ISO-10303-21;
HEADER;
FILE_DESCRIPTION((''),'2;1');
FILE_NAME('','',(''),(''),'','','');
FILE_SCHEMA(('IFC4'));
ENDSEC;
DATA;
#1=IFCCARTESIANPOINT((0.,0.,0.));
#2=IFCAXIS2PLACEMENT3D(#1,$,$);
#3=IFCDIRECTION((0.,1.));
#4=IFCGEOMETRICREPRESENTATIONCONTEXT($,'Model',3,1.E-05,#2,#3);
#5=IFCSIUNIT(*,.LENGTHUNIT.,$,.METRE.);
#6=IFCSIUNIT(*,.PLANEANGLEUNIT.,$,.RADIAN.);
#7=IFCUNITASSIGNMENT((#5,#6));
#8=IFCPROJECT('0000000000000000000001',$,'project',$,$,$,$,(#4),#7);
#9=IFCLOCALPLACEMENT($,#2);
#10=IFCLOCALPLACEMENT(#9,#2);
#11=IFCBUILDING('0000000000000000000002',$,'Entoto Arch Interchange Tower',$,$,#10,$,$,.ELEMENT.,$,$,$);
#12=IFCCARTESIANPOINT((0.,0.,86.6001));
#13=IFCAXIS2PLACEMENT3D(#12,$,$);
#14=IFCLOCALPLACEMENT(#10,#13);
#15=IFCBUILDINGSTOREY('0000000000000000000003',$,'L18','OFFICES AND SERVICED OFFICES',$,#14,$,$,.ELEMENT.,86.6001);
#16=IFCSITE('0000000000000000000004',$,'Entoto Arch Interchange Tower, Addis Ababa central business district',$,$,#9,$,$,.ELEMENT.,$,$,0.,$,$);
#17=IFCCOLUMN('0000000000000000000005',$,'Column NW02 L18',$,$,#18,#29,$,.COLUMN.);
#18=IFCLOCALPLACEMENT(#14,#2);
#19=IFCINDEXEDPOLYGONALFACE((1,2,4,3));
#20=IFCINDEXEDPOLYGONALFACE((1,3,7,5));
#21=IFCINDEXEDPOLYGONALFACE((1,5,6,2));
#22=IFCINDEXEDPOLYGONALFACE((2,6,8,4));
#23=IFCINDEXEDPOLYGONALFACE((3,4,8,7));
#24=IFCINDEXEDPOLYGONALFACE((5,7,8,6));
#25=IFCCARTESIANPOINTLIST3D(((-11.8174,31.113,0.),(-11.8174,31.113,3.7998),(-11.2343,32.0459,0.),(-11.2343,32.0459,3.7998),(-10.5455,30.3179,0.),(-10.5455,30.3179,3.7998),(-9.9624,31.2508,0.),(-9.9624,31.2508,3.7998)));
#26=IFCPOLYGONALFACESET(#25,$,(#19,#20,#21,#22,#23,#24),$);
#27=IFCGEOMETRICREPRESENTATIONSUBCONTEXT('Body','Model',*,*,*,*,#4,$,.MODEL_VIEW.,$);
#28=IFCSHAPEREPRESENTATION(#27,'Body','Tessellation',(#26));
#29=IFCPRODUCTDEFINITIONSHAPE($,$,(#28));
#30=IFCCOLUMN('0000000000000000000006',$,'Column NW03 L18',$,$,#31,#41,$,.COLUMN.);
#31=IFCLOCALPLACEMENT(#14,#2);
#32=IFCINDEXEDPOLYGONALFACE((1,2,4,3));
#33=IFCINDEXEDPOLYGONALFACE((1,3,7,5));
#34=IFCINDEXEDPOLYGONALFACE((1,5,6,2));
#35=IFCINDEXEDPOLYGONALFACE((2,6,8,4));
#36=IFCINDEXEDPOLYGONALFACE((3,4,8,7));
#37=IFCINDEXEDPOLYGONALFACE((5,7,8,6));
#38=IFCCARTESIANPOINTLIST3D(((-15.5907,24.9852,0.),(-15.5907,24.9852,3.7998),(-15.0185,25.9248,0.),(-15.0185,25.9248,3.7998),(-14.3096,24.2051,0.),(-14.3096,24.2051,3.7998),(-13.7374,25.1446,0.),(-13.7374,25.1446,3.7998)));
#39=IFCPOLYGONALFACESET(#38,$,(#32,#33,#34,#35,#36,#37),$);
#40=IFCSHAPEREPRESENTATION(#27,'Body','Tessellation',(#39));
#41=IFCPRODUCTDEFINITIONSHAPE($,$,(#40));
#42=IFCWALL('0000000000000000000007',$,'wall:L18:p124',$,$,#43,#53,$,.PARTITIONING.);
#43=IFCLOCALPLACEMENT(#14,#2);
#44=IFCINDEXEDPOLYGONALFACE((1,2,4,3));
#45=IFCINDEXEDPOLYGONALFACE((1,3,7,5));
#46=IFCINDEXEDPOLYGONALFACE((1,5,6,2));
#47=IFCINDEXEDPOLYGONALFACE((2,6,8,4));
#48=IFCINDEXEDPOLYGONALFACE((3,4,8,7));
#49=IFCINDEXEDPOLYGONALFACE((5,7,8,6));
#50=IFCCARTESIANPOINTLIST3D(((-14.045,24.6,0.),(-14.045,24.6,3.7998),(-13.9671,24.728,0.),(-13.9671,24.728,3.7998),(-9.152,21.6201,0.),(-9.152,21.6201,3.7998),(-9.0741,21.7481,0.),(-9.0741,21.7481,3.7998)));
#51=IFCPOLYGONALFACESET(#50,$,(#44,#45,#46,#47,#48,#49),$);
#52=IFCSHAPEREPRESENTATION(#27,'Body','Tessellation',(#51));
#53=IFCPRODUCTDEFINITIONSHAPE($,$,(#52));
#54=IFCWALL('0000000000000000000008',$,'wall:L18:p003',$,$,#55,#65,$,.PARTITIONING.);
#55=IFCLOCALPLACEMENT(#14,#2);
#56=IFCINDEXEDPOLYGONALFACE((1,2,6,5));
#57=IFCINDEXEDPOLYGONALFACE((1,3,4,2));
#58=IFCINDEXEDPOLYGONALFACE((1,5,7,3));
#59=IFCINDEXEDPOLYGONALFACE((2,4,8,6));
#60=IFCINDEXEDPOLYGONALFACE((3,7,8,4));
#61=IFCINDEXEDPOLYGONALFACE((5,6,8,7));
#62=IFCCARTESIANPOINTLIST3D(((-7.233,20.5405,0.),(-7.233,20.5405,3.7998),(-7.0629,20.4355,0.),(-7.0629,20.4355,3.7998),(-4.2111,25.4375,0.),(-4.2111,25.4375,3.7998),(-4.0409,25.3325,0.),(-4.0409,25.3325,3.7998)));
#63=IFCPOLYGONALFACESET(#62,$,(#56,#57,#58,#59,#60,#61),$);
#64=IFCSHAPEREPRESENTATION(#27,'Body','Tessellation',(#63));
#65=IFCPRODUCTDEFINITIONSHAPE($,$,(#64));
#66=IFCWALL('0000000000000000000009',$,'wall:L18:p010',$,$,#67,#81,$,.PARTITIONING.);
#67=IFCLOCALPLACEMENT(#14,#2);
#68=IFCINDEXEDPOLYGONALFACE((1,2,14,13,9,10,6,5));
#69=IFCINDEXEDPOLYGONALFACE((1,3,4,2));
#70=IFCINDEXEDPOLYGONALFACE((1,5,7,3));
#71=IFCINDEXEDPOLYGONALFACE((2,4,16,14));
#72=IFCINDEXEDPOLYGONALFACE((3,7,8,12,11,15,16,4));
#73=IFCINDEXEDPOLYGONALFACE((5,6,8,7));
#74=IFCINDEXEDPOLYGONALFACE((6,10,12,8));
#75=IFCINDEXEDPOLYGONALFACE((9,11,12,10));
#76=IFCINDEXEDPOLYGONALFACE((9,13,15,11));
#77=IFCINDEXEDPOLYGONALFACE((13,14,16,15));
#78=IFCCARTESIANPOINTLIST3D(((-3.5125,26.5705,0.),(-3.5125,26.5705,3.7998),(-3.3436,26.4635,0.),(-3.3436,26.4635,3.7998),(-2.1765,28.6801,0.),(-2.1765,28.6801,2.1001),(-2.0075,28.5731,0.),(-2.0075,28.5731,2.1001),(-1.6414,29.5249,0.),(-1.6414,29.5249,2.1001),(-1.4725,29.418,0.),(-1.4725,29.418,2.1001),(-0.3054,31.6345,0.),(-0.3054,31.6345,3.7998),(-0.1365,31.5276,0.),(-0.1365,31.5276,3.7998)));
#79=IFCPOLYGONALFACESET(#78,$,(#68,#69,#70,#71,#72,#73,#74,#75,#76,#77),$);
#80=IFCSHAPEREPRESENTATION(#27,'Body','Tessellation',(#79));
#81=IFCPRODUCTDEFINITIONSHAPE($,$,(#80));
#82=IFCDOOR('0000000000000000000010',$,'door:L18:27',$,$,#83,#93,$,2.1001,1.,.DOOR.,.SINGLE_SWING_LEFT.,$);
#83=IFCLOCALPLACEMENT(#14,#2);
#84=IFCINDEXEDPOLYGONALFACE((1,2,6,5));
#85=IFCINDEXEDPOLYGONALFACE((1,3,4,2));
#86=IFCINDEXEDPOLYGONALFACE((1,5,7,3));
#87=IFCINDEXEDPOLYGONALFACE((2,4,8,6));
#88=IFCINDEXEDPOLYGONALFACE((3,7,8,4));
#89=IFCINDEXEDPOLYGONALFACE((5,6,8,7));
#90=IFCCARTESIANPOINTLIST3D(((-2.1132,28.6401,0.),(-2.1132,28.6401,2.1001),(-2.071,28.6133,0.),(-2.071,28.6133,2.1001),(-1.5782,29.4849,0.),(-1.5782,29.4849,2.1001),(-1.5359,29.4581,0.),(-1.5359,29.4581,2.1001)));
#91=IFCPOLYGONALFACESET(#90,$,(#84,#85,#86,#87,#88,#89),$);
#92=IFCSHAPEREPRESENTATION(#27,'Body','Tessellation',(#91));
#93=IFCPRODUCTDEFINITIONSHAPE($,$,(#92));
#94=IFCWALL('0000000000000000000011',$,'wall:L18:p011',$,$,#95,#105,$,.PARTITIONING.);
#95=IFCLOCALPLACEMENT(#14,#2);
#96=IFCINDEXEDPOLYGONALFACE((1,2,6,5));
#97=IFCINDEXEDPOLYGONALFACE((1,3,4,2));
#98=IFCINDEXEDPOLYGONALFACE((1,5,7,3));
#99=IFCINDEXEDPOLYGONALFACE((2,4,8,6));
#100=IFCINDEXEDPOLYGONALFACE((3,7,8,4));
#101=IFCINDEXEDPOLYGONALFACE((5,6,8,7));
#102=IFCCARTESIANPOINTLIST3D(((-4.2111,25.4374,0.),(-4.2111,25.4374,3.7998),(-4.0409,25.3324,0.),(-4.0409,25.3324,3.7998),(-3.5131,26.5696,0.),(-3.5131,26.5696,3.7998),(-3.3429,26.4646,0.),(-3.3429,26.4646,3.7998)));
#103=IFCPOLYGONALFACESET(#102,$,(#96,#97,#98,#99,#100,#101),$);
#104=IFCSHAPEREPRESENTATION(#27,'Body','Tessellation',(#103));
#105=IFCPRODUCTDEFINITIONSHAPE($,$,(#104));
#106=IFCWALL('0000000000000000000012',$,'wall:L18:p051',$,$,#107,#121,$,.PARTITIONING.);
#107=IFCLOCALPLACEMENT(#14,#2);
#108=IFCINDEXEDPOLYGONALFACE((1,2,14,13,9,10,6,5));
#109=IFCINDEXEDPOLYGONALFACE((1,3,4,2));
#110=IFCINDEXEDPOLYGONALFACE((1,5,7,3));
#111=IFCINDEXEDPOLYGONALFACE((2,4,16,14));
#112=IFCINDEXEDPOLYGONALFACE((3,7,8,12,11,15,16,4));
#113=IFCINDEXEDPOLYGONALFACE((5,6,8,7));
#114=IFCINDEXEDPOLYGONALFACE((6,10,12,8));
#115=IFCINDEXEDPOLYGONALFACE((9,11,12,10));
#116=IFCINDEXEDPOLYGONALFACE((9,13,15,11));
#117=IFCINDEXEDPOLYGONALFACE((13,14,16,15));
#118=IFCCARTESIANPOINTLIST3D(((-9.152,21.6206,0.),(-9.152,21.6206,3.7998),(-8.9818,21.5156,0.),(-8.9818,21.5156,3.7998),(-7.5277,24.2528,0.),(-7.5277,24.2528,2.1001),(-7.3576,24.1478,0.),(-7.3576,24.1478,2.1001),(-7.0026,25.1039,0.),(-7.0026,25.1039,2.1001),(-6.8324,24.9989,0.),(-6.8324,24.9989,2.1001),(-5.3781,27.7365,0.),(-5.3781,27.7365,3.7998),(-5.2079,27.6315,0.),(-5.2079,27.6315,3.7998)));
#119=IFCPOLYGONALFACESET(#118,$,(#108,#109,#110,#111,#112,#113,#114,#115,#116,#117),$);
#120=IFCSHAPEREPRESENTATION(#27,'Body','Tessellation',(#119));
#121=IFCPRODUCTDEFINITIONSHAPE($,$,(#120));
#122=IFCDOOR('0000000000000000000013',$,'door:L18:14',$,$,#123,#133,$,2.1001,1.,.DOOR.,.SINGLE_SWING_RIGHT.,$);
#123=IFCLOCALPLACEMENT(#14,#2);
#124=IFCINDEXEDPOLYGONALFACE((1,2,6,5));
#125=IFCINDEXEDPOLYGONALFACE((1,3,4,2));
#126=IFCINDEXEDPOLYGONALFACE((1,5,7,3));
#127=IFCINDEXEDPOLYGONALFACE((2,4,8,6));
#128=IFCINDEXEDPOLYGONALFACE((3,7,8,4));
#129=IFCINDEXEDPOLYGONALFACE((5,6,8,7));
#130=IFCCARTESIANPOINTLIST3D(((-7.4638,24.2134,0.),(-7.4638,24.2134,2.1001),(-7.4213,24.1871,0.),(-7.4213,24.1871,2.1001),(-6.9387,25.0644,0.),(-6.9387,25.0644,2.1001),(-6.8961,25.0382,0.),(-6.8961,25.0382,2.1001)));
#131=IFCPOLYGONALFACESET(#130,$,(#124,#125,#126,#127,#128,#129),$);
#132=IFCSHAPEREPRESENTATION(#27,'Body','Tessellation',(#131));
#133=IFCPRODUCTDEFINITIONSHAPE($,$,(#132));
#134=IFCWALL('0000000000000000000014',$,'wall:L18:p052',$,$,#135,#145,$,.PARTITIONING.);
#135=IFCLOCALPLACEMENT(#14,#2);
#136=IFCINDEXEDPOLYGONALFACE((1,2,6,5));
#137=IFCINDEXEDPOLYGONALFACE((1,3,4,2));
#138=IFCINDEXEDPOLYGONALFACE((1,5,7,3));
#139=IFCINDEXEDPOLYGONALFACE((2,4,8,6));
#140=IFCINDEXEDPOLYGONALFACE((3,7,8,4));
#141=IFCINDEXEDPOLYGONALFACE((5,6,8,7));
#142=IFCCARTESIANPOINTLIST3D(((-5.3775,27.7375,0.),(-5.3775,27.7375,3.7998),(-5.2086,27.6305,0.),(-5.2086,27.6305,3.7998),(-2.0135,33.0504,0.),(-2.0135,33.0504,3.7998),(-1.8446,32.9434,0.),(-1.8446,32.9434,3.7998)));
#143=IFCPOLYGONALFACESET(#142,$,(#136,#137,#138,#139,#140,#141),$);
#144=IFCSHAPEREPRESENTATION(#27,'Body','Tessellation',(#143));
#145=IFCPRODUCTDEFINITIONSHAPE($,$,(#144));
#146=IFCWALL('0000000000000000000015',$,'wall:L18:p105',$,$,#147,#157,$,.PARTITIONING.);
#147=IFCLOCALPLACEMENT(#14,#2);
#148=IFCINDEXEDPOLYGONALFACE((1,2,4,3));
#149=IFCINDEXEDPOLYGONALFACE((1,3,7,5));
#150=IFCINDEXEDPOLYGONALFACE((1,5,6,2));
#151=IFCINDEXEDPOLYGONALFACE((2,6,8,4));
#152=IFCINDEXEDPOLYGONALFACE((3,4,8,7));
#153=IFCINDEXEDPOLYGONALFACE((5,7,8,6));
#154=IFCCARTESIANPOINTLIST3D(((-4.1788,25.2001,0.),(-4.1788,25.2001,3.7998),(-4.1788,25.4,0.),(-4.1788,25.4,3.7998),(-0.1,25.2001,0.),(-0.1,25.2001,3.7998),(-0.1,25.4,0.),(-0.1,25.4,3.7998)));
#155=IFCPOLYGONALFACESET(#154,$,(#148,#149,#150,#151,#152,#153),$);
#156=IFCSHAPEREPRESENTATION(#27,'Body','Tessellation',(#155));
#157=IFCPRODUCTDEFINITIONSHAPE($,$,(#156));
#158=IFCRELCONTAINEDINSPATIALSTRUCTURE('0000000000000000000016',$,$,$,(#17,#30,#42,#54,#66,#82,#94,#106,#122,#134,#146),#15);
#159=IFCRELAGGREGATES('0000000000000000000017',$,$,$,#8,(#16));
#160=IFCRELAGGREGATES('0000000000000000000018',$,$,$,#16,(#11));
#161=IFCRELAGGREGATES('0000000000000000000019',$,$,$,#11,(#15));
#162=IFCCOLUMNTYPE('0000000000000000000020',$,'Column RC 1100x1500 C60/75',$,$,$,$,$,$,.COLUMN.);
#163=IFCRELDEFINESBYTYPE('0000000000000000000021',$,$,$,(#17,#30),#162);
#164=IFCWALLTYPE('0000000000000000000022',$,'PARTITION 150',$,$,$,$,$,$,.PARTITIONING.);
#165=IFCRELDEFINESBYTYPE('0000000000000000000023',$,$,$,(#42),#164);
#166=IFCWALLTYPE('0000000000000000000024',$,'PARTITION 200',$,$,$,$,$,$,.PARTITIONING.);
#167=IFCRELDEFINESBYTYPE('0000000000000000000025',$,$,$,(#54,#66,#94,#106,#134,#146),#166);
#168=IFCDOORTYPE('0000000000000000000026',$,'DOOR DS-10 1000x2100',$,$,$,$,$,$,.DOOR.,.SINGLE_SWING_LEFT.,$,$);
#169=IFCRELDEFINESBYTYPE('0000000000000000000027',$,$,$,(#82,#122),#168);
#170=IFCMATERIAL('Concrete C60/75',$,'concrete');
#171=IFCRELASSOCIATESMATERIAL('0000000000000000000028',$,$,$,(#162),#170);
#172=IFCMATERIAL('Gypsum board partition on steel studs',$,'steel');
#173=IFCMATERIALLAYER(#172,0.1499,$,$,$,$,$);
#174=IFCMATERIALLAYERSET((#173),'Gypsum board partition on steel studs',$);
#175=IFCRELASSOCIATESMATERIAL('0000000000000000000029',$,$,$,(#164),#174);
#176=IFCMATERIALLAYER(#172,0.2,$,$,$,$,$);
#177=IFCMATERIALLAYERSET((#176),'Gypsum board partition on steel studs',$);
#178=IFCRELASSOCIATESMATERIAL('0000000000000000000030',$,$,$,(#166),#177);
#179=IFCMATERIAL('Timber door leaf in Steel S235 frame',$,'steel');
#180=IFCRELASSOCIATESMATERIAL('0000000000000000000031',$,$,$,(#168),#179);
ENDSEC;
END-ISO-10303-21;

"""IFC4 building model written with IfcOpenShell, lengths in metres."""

from ifc_helpers import new_model, si_unit, direction, frame, frame_2d, origin, origin_2d, place, context, subcontext, project, spatial, rectangle, extrude, material, layer, layer_set, material_profile, profile_set, type_object, element, fill, save


model = new_model("IFC4")

# Units and contexts
model_context = context("Model", 3, precision=1e-05, world=origin(), true_north=direction((0.0, 1.0)))
body_context = subcontext(model_context, "Body", "Model", "MODEL_VIEW")
ifc_project = project(units=[si_unit("LENGTHUNIT", "METRE"), si_unit("PLANEANGLEUNIT", "RADIAN")], contexts=[model_context])

# Site, building, storey
site_placement = place(None, origin())
site = spatial("IfcSite", under=ifc_project, at=site_placement, Name="Entoto Arch Interchange Tower, Addis Ababa central business district", CompositionType="ELEMENT", RefElevation=0.0)
building_placement = place(site_placement, origin())
building = spatial("IfcBuilding", under=site, at=building_placement, Name="Entoto Arch Interchange Tower", CompositionType="ELEMENT")
storey_placement = place(building_placement, frame((0.0, 0.0, 86.6001)))
storey = spatial("IfcBuildingStorey", under=building, at=storey_placement, Name="L18", Description="OFFICES AND SERVICED OFFICES", CompositionType="ELEMENT", Elevation=86.6001)

# Columns
ifc_material_1 = material(Name="Concrete C60/75", Category="concrete")
ifc_material_profile = material_profile(ifc_material_1, rectangle(XDim=1.1001, YDim=1.5, at=origin_2d()))
ifc_profile_set = profile_set([ifc_material_profile], Name="Concrete C60/75")
column_type = type_object("IfcColumnType", Name="Column RC 1100x1500 C60/75", PredefinedType="COLUMN", material=ifc_profile_set)
for number, where, z_axis, x_axis, name in (
    (1, (-10.8899, 31.1819, 0.0), (0.0, 0.0, 1.0), (0.530067, 0.847956, 0.0), "Column NW02 L18"),
    (2, (-14.6641, 25.0649, 0.0), (0.0, 0.0, 1.0), (0.520116, 0.854096, 0.0), "Column NW03 L18"),
):
    element("IfcColumn", number, at=place(storey_placement, frame(where, z_axis=z_axis, x_axis=x_axis)), inside=storey, type_object=column_type, Name=name, PredefinedType="COLUMN", context=body_context, shape_type="SweptSolid", body=[
        extrude(rectangle(XDim=1.1001, YDim=1.5, at=origin_2d()), origin(), (0.0, 0.0, 1.0), 3.7998),
    ])

# Walls
ifc_material_2 = material(Name="Gypsum board partition on steel studs", Category="steel")
ifc_layer_1 = layer(ifc_material_2, 0.1499)
ifc_layer_set_1 = layer_set([ifc_layer_1], Name="Gypsum board partition on steel studs")
wall_type_1 = type_object("IfcWallType", Name="PARTITION 150", PredefinedType="PARTITIONING", material=ifc_layer_set_1)
wall_1_placement = place(storey_placement, frame((-9.113, 21.6841, 0.0), z_axis=(0.0, 0.0, 1.0), x_axis=(-0.854075, 0.52015, 0.0)))
element("IfcWall", 3, at=wall_1_placement, inside=storey, type_object=wall_type_1, Name="wall:L18:p124", PredefinedType="PARTITIONING", context=body_context, shape_type="SweptSolid", body=[
    extrude(rectangle(XDim=5.729, YDim=0.1499, at=frame_2d((2.8645, 0.0))), origin(), (0.0, 0.0, 1.0), 3.7998),
])
ifc_layer_2 = layer(ifc_material_2, 0.2)
ifc_layer_set_2 = layer_set([ifc_layer_2], Name="Gypsum board partition on steel studs")
wall_type_2 = type_object("IfcWallType", Name="PARTITION 200", PredefinedType="PARTITIONING", material=ifc_layer_set_2)
wall_2_placement = place(storey_placement, frame((-4.126, 25.385, 0.0), z_axis=(0.0, 0.0, 1.0), x_axis=(-0.525162, -0.851002, 0.0)))
element("IfcWall", 4, at=wall_2_placement, inside=storey, type_object=wall_type_2, Name="wall:L18:p003", PredefinedType="PARTITIONING", context=body_context, shape_type="SweptSolid", body=[
    extrude(rectangle(XDim=5.7544, YDim=0.2, at=frame_2d((2.8772, 0.0))), origin(), (0.0, 0.0, 1.0), 3.7998),
])

# Wall, opening, door
wall_3_placement = place(storey_placement, frame((-0.2209, 31.5811, 0.0), z_axis=(0.0, 0.0, 1.0), x_axis=(-0.535035, -0.84483, 0.0)))
wall_3 = element("IfcWall", 5, at=wall_3_placement, inside=storey, type_object=wall_type_2, Name="wall:L18:p010", PredefinedType="PARTITIONING", context=body_context, shape_type="SweptSolid", body=[
    extrude(rectangle(XDim=5.9941, YDim=0.2, at=frame_2d((2.9971, 0.0))), origin(), (0.0, 0.0, 1.0), 3.7998),
])
opening_1_placement = place(wall_3_placement, frame((2.4971, 0.0, 0.0)))
opening_1 = element("IfcOpeningElement", 6, at=opening_1_placement, cuts=wall_3, PredefinedType="OPENING", context=body_context, shape_type="SweptSolid", body=[
    extrude(rectangle(XDim=1.0, YDim=2.1001, at=frame_2d((0.5, 1.05))), frame((0.0, 0.1099, 0.0), z_axis=(0.0, -1.0, 0.0), x_axis=(1.0, 0.0, 0.0)), (0.0, 0.0, 1.0), 0.22),
])
ifc_material_3 = material(Name="Timber door leaf in Steel S235 frame", Category="steel")
door_type_1 = type_object("IfcDoorType", Name="DOOR DS-10 1000x2100", OperationType="SINGLE_SWING_LEFT", PredefinedType="DOOR", material=ifc_material_3)
door_1_placement = place(opening_1_placement, origin())
door_1 = element("IfcDoor", 7, at=door_1_placement, inside=storey, type_object=door_type_1, Name="door:L18:27", OperationType="SINGLE_SWING_LEFT", OverallHeight=2.1001, OverallWidth=1.0, PredefinedType="DOOR", context=body_context, shape_type="SweptSolid", body=[
    extrude(rectangle(XDim=1.0, YDim=2.1001, at=frame_2d((0.5, 1.05))), frame((0.0, 0.0249, 0.0), z_axis=(0.0, -1.0, 0.0), x_axis=(1.0, 0.0, 0.0)), (0.0, 0.0, 1.0), 0.05),
])
fill(opening_1, door_1)

# Wall
wall_4_placement = place(storey_placement, frame((-3.428, 26.5171, 0.0), z_axis=(0.0, 0.0, 1.0), x_axis=(-0.524824, -0.851211, 0.0)))
element("IfcWall", 8, at=wall_4_placement, inside=storey, type_object=wall_type_2, Name="wall:L18:p011", PredefinedType="PARTITIONING", context=body_context, shape_type="SweptSolid", body=[
    extrude(rectangle(XDim=1.3301, YDim=0.2, at=frame_2d((0.665, 0.0))), origin(), (0.0, 0.0, 1.0), 3.7998),
])

# Wall, opening, door
wall_5_placement = place(storey_placement, frame((-9.0669, 21.5681, 0.0), z_axis=(0.0, 0.0, 1.0), x_axis=(0.525132, 0.851021, 0.0)))
wall_5 = element("IfcWall", 9, at=wall_5_placement, inside=storey, type_object=wall_type_2, Name="wall:L18:p051", PredefinedType="PARTITIONING", context=body_context, shape_type="SweptSolid", body=[
    extrude(rectangle(XDim=7.1865, YDim=0.2, at=frame_2d((3.5933, 0.0))), origin(), (0.0, 0.0, 1.0), 3.7998),
])
opening_2_placement = place(wall_5_placement, frame((3.093, 0.0, 0.0)))
opening_2 = element("IfcOpeningElement", 10, at=opening_2_placement, cuts=wall_5, PredefinedType="OPENING", context=body_context, shape_type="SweptSolid", body=[
    extrude(rectangle(XDim=1.0, YDim=2.1001, at=frame_2d((0.5, 1.05))), frame((0.0, 0.1099, 0.0), z_axis=(0.0, -1.0, 0.0), x_axis=(1.0, 0.0, 0.0)), (0.0, 0.0, 1.0), 0.22),
])
door_2_placement = place(opening_2_placement, origin())
door_2 = element("IfcDoor", 11, at=door_2_placement, inside=storey, type_object=door_type_1, Name="door:L18:14", OperationType="SINGLE_SWING_RIGHT", OverallHeight=2.1001, OverallWidth=1.0, PredefinedType="DOOR", context=body_context, shape_type="SweptSolid", body=[
    extrude(rectangle(XDim=1.0, YDim=2.1001, at=frame_2d((0.5, 1.05))), frame((0.0, 0.0249, 0.0), z_axis=(0.0, -1.0, 0.0), x_axis=(1.0, 0.0, 0.0)), (0.0, 0.0, 1.0), 0.05),
])
fill(opening_2, door_2)

# Walls
wall_6_placement = place(storey_placement, frame((-5.293, 27.6841, 0.0), z_axis=(0.0, 0.0, 1.0), x_axis=(0.534952, 0.844882, 0.0)))
element("IfcWall", 12, at=wall_6_placement, inside=storey, type_object=wall_type_2, Name="wall:L18:p052", PredefinedType="PARTITIONING", context=body_context, shape_type="SweptSolid", body=[
    extrude(rectangle(XDim=6.2883, YDim=0.2, at=frame_2d((3.144, 0.0))), origin(), (0.0, 0.0, 1.0), 3.7998),
])
wall_7_placement = place(storey_placement, frame((-4.179, 25.3, 0.0), z_axis=(0.0, 0.0, 1.0), x_axis=(1.0, 0.0, 0.0)))
element("IfcWall", 13, at=wall_7_placement, inside=storey, type_object=wall_type_2, Name="wall:L18:p105", PredefinedType="PARTITIONING", context=body_context, shape_type="SweptSolid", body=[
    extrude(rectangle(XDim=4.0789, YDim=0.2, at=frame_2d((2.0396, 0.0))), origin(), (0.0, 0.0, 1.0), 3.7998),
])

save(model, "model.ifc")
